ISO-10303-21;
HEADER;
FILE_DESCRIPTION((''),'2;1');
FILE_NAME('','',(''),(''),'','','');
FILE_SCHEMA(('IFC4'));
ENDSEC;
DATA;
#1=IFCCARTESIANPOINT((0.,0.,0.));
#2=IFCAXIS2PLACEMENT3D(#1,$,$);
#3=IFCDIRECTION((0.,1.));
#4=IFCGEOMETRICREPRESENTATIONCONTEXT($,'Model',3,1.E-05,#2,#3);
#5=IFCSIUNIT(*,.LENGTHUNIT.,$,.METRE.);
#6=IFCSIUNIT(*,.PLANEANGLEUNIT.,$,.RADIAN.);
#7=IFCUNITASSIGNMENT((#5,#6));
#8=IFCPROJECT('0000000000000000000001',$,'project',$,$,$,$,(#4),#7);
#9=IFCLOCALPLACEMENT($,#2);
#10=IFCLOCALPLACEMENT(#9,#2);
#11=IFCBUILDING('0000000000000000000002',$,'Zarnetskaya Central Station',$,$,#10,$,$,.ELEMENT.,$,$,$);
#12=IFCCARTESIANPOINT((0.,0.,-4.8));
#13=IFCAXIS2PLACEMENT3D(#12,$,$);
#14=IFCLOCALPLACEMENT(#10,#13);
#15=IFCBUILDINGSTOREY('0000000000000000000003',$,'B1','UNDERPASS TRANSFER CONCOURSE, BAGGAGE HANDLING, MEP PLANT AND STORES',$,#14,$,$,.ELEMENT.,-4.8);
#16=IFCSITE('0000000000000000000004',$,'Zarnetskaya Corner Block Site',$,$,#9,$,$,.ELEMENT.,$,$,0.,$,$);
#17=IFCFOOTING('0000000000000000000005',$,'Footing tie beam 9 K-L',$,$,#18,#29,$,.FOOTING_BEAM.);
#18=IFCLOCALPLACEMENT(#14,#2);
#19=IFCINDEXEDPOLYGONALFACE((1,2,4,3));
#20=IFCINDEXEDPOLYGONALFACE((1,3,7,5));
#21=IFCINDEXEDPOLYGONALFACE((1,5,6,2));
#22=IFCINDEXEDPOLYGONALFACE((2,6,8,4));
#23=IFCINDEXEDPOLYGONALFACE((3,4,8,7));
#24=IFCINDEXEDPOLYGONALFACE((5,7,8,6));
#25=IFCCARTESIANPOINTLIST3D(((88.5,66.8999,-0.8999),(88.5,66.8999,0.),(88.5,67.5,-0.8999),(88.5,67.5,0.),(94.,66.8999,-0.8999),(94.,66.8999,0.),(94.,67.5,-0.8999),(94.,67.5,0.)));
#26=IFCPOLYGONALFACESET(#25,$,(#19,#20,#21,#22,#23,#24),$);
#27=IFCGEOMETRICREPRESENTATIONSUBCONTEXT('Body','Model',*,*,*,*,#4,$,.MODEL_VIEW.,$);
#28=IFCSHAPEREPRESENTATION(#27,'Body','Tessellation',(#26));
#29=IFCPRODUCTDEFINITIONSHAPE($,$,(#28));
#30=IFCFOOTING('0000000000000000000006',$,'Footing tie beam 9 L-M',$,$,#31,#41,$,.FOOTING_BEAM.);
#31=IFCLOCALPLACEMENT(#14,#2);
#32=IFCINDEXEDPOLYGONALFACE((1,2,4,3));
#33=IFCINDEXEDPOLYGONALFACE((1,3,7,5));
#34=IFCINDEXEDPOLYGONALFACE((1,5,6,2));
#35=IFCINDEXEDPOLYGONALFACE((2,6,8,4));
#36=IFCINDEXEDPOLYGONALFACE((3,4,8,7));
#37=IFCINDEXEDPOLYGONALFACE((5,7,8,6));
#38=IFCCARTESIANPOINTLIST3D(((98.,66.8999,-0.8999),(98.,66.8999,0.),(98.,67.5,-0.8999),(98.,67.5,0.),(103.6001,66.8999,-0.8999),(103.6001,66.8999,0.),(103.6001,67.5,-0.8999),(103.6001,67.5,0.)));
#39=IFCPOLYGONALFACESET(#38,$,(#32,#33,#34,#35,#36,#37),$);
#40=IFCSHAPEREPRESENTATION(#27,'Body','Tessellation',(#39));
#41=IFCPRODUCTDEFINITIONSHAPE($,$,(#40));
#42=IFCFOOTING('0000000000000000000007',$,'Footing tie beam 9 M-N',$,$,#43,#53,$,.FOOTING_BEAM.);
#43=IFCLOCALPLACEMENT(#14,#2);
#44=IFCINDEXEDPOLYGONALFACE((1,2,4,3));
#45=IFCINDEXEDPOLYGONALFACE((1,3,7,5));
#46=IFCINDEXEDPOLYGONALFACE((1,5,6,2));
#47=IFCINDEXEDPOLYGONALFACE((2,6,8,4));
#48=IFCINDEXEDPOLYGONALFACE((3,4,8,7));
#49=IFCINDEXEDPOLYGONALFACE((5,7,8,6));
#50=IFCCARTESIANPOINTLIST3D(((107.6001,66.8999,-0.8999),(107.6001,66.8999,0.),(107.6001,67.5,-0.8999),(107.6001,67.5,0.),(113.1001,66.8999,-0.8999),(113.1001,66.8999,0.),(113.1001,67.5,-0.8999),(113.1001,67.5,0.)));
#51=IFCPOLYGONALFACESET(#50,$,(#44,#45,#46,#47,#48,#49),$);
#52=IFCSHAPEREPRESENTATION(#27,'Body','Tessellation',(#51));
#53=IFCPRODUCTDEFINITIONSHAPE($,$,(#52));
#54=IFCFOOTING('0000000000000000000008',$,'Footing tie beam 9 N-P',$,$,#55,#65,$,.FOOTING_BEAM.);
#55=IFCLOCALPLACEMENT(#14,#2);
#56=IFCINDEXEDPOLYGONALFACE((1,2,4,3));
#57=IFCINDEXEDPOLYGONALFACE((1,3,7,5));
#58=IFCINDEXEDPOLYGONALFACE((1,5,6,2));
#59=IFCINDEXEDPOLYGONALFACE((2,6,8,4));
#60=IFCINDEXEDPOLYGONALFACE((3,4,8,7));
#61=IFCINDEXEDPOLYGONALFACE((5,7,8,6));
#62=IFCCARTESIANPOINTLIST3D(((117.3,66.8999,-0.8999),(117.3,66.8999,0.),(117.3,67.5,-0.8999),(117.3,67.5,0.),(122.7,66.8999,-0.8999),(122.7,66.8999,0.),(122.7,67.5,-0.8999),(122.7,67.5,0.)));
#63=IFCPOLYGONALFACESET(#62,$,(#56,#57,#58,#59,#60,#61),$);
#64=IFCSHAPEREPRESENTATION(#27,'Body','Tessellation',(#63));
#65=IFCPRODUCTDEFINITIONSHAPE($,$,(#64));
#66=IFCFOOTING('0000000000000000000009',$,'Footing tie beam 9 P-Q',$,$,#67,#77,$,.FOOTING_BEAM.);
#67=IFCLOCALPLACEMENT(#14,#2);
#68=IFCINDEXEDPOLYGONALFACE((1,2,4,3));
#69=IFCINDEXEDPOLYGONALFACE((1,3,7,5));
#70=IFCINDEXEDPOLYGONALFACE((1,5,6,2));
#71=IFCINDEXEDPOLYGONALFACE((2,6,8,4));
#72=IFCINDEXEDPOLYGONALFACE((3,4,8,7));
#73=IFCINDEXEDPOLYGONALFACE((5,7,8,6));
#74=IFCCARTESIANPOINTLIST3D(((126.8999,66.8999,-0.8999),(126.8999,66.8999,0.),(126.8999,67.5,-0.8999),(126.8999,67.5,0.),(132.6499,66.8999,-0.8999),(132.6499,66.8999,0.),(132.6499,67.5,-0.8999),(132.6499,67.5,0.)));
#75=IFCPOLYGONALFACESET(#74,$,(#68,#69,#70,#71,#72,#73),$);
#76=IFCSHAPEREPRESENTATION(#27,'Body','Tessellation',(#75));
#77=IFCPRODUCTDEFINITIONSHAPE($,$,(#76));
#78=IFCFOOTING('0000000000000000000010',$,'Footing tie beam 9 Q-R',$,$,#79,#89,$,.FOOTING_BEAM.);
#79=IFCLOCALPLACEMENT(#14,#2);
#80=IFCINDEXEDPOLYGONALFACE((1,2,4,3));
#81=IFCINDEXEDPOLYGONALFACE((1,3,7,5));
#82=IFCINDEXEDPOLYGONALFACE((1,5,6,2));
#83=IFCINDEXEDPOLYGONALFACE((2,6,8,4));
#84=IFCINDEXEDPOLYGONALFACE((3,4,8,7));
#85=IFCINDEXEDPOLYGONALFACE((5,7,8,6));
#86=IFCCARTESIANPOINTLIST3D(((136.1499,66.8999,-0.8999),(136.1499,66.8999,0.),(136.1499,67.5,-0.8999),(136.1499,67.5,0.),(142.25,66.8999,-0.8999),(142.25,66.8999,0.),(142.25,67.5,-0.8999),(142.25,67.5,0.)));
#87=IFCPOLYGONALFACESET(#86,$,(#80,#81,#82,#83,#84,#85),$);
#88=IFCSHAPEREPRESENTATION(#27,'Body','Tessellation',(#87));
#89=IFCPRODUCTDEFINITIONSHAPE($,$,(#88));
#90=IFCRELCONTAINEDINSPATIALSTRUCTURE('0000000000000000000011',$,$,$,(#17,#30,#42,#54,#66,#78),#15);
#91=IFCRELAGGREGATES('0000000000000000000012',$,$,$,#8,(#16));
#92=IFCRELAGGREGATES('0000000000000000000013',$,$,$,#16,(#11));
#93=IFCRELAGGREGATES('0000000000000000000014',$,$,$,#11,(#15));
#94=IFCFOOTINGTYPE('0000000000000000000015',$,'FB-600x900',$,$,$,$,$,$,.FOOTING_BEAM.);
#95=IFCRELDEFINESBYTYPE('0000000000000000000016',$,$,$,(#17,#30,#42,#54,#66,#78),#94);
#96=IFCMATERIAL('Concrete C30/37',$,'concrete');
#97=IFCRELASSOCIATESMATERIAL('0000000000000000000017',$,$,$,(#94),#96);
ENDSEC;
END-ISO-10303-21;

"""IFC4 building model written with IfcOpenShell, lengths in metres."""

from ifc_helpers import new_model, si_unit, direction, frame, origin, place, context, subcontext, project, spatial, polyline, outline, extrude, material, type_object, element, save


model = new_model("IFC4")

# Units and contexts
model_context = context("Model", 3, precision=1e-05, world=origin(), true_north=direction((0.0, 1.0)))
body_context = subcontext(model_context, "Body", "Model", "MODEL_VIEW")
ifc_project = project(units=[si_unit("LENGTHUNIT", "METRE"), si_unit("PLANEANGLEUNIT", "RADIAN")], contexts=[model_context])

# Site, building, storey
site_placement = place(None, origin())
site = spatial("IfcSite", under=ifc_project, at=site_placement, Name="Zarnetskaya Corner Block Site", CompositionType="ELEMENT", RefElevation=0.0)
building_placement = place(site_placement, origin())
building = spatial("IfcBuilding", under=site, at=building_placement, Name="Zarnetskaya Central Station", CompositionType="ELEMENT")
storey_placement = place(building_placement, frame((0.0, 0.0, -4.8)))
storey = spatial("IfcBuildingStorey", under=building, at=storey_placement, Name="B1", Description="UNDERPASS TRANSFER CONCOURSE, BAGGAGE HANDLING, MEP PLANT AND STORES", CompositionType="ELEMENT", Elevation=-4.8)

# Footings
ifc_material = material(Name="Concrete C30/37", Category="concrete")
footing_type = type_object("IfcFootingType", Name="FB-600x900", PredefinedType="FOOTING_BEAM", material=ifc_material)
footing_1_placement = place(storey_placement, frame((0.0, 0.0, -0.8999)))
element("IfcFooting", 1, at=footing_1_placement, inside=storey, type_object=footing_type, Name="Footing tie beam 9 K-L", PredefinedType="FOOTING_BEAM", context=body_context, shape_type="SweptSolid", body=[
    extrude(outline(polyline([(88.5, 66.8999), (94.0, 66.8999), (94.0, 67.5), (88.5, 67.5), (88.5, 66.8999)])), origin(), (0.0, 0.0, 1.0), 0.8999),
])
footing_2_placement = place(storey_placement, frame((0.0, 0.0, -0.8999)))
element("IfcFooting", 2, at=footing_2_placement, inside=storey, type_object=footing_type, Name="Footing tie beam 9 L-M", PredefinedType="FOOTING_BEAM", context=body_context, shape_type="SweptSolid", body=[
    extrude(outline(polyline([(98.0, 66.8999), (103.6001, 66.8999), (103.6001, 67.5), (98.0, 67.5), (98.0, 66.8999)])), origin(), (0.0, 0.0, 1.0), 0.8999),
])
footing_3_placement = place(storey_placement, frame((0.0, 0.0, -0.8999)))
element("IfcFooting", 3, at=footing_3_placement, inside=storey, type_object=footing_type, Name="Footing tie beam 9 M-N", PredefinedType="FOOTING_BEAM", context=body_context, shape_type="SweptSolid", body=[
    extrude(outline(polyline([(107.6001, 66.8999), (113.1001, 66.8999), (113.1001, 67.5), (107.6001, 67.5), (107.6001, 66.8999)])), origin(), (0.0, 0.0, 1.0), 0.8999),
])
footing_4_placement = place(storey_placement, frame((0.0, 0.0, -0.8999)))
element("IfcFooting", 4, at=footing_4_placement, inside=storey, type_object=footing_type, Name="Footing tie beam 9 N-P", PredefinedType="FOOTING_BEAM", context=body_context, shape_type="SweptSolid", body=[
    extrude(outline(polyline([(117.3, 66.8999), (122.7, 66.8999), (122.7, 67.5), (117.3, 67.5), (117.3, 66.8999)])), origin(), (0.0, 0.0, 1.0), 0.8999),
])
footing_5_placement = place(storey_placement, frame((0.0, 0.0, -0.8999)))
element("IfcFooting", 5, at=footing_5_placement, inside=storey, type_object=footing_type, Name="Footing tie beam 9 P-Q", PredefinedType="FOOTING_BEAM", context=body_context, shape_type="SweptSolid", body=[
    extrude(outline(polyline([(126.8999, 66.8999), (132.6499, 66.8999), (132.6499, 67.5), (126.8999, 67.5), (126.8999, 66.8999)])), origin(), (0.0, 0.0, 1.0), 0.8999),
])
footing_6_placement = place(storey_placement, frame((0.0, 0.0, -0.8999)))
element("IfcFooting", 6, at=footing_6_placement, inside=storey, type_object=footing_type, Name="Footing tie beam 9 Q-R", PredefinedType="FOOTING_BEAM", context=body_context, shape_type="SweptSolid", body=[
    extrude(outline(polyline([(136.1499, 66.8999), (142.25, 66.8999), (142.25, 67.5), (136.1499, 67.5), (136.1499, 66.8999)])), origin(), (0.0, 0.0, 1.0), 0.8999),
])

save(model, "model.ifc")
